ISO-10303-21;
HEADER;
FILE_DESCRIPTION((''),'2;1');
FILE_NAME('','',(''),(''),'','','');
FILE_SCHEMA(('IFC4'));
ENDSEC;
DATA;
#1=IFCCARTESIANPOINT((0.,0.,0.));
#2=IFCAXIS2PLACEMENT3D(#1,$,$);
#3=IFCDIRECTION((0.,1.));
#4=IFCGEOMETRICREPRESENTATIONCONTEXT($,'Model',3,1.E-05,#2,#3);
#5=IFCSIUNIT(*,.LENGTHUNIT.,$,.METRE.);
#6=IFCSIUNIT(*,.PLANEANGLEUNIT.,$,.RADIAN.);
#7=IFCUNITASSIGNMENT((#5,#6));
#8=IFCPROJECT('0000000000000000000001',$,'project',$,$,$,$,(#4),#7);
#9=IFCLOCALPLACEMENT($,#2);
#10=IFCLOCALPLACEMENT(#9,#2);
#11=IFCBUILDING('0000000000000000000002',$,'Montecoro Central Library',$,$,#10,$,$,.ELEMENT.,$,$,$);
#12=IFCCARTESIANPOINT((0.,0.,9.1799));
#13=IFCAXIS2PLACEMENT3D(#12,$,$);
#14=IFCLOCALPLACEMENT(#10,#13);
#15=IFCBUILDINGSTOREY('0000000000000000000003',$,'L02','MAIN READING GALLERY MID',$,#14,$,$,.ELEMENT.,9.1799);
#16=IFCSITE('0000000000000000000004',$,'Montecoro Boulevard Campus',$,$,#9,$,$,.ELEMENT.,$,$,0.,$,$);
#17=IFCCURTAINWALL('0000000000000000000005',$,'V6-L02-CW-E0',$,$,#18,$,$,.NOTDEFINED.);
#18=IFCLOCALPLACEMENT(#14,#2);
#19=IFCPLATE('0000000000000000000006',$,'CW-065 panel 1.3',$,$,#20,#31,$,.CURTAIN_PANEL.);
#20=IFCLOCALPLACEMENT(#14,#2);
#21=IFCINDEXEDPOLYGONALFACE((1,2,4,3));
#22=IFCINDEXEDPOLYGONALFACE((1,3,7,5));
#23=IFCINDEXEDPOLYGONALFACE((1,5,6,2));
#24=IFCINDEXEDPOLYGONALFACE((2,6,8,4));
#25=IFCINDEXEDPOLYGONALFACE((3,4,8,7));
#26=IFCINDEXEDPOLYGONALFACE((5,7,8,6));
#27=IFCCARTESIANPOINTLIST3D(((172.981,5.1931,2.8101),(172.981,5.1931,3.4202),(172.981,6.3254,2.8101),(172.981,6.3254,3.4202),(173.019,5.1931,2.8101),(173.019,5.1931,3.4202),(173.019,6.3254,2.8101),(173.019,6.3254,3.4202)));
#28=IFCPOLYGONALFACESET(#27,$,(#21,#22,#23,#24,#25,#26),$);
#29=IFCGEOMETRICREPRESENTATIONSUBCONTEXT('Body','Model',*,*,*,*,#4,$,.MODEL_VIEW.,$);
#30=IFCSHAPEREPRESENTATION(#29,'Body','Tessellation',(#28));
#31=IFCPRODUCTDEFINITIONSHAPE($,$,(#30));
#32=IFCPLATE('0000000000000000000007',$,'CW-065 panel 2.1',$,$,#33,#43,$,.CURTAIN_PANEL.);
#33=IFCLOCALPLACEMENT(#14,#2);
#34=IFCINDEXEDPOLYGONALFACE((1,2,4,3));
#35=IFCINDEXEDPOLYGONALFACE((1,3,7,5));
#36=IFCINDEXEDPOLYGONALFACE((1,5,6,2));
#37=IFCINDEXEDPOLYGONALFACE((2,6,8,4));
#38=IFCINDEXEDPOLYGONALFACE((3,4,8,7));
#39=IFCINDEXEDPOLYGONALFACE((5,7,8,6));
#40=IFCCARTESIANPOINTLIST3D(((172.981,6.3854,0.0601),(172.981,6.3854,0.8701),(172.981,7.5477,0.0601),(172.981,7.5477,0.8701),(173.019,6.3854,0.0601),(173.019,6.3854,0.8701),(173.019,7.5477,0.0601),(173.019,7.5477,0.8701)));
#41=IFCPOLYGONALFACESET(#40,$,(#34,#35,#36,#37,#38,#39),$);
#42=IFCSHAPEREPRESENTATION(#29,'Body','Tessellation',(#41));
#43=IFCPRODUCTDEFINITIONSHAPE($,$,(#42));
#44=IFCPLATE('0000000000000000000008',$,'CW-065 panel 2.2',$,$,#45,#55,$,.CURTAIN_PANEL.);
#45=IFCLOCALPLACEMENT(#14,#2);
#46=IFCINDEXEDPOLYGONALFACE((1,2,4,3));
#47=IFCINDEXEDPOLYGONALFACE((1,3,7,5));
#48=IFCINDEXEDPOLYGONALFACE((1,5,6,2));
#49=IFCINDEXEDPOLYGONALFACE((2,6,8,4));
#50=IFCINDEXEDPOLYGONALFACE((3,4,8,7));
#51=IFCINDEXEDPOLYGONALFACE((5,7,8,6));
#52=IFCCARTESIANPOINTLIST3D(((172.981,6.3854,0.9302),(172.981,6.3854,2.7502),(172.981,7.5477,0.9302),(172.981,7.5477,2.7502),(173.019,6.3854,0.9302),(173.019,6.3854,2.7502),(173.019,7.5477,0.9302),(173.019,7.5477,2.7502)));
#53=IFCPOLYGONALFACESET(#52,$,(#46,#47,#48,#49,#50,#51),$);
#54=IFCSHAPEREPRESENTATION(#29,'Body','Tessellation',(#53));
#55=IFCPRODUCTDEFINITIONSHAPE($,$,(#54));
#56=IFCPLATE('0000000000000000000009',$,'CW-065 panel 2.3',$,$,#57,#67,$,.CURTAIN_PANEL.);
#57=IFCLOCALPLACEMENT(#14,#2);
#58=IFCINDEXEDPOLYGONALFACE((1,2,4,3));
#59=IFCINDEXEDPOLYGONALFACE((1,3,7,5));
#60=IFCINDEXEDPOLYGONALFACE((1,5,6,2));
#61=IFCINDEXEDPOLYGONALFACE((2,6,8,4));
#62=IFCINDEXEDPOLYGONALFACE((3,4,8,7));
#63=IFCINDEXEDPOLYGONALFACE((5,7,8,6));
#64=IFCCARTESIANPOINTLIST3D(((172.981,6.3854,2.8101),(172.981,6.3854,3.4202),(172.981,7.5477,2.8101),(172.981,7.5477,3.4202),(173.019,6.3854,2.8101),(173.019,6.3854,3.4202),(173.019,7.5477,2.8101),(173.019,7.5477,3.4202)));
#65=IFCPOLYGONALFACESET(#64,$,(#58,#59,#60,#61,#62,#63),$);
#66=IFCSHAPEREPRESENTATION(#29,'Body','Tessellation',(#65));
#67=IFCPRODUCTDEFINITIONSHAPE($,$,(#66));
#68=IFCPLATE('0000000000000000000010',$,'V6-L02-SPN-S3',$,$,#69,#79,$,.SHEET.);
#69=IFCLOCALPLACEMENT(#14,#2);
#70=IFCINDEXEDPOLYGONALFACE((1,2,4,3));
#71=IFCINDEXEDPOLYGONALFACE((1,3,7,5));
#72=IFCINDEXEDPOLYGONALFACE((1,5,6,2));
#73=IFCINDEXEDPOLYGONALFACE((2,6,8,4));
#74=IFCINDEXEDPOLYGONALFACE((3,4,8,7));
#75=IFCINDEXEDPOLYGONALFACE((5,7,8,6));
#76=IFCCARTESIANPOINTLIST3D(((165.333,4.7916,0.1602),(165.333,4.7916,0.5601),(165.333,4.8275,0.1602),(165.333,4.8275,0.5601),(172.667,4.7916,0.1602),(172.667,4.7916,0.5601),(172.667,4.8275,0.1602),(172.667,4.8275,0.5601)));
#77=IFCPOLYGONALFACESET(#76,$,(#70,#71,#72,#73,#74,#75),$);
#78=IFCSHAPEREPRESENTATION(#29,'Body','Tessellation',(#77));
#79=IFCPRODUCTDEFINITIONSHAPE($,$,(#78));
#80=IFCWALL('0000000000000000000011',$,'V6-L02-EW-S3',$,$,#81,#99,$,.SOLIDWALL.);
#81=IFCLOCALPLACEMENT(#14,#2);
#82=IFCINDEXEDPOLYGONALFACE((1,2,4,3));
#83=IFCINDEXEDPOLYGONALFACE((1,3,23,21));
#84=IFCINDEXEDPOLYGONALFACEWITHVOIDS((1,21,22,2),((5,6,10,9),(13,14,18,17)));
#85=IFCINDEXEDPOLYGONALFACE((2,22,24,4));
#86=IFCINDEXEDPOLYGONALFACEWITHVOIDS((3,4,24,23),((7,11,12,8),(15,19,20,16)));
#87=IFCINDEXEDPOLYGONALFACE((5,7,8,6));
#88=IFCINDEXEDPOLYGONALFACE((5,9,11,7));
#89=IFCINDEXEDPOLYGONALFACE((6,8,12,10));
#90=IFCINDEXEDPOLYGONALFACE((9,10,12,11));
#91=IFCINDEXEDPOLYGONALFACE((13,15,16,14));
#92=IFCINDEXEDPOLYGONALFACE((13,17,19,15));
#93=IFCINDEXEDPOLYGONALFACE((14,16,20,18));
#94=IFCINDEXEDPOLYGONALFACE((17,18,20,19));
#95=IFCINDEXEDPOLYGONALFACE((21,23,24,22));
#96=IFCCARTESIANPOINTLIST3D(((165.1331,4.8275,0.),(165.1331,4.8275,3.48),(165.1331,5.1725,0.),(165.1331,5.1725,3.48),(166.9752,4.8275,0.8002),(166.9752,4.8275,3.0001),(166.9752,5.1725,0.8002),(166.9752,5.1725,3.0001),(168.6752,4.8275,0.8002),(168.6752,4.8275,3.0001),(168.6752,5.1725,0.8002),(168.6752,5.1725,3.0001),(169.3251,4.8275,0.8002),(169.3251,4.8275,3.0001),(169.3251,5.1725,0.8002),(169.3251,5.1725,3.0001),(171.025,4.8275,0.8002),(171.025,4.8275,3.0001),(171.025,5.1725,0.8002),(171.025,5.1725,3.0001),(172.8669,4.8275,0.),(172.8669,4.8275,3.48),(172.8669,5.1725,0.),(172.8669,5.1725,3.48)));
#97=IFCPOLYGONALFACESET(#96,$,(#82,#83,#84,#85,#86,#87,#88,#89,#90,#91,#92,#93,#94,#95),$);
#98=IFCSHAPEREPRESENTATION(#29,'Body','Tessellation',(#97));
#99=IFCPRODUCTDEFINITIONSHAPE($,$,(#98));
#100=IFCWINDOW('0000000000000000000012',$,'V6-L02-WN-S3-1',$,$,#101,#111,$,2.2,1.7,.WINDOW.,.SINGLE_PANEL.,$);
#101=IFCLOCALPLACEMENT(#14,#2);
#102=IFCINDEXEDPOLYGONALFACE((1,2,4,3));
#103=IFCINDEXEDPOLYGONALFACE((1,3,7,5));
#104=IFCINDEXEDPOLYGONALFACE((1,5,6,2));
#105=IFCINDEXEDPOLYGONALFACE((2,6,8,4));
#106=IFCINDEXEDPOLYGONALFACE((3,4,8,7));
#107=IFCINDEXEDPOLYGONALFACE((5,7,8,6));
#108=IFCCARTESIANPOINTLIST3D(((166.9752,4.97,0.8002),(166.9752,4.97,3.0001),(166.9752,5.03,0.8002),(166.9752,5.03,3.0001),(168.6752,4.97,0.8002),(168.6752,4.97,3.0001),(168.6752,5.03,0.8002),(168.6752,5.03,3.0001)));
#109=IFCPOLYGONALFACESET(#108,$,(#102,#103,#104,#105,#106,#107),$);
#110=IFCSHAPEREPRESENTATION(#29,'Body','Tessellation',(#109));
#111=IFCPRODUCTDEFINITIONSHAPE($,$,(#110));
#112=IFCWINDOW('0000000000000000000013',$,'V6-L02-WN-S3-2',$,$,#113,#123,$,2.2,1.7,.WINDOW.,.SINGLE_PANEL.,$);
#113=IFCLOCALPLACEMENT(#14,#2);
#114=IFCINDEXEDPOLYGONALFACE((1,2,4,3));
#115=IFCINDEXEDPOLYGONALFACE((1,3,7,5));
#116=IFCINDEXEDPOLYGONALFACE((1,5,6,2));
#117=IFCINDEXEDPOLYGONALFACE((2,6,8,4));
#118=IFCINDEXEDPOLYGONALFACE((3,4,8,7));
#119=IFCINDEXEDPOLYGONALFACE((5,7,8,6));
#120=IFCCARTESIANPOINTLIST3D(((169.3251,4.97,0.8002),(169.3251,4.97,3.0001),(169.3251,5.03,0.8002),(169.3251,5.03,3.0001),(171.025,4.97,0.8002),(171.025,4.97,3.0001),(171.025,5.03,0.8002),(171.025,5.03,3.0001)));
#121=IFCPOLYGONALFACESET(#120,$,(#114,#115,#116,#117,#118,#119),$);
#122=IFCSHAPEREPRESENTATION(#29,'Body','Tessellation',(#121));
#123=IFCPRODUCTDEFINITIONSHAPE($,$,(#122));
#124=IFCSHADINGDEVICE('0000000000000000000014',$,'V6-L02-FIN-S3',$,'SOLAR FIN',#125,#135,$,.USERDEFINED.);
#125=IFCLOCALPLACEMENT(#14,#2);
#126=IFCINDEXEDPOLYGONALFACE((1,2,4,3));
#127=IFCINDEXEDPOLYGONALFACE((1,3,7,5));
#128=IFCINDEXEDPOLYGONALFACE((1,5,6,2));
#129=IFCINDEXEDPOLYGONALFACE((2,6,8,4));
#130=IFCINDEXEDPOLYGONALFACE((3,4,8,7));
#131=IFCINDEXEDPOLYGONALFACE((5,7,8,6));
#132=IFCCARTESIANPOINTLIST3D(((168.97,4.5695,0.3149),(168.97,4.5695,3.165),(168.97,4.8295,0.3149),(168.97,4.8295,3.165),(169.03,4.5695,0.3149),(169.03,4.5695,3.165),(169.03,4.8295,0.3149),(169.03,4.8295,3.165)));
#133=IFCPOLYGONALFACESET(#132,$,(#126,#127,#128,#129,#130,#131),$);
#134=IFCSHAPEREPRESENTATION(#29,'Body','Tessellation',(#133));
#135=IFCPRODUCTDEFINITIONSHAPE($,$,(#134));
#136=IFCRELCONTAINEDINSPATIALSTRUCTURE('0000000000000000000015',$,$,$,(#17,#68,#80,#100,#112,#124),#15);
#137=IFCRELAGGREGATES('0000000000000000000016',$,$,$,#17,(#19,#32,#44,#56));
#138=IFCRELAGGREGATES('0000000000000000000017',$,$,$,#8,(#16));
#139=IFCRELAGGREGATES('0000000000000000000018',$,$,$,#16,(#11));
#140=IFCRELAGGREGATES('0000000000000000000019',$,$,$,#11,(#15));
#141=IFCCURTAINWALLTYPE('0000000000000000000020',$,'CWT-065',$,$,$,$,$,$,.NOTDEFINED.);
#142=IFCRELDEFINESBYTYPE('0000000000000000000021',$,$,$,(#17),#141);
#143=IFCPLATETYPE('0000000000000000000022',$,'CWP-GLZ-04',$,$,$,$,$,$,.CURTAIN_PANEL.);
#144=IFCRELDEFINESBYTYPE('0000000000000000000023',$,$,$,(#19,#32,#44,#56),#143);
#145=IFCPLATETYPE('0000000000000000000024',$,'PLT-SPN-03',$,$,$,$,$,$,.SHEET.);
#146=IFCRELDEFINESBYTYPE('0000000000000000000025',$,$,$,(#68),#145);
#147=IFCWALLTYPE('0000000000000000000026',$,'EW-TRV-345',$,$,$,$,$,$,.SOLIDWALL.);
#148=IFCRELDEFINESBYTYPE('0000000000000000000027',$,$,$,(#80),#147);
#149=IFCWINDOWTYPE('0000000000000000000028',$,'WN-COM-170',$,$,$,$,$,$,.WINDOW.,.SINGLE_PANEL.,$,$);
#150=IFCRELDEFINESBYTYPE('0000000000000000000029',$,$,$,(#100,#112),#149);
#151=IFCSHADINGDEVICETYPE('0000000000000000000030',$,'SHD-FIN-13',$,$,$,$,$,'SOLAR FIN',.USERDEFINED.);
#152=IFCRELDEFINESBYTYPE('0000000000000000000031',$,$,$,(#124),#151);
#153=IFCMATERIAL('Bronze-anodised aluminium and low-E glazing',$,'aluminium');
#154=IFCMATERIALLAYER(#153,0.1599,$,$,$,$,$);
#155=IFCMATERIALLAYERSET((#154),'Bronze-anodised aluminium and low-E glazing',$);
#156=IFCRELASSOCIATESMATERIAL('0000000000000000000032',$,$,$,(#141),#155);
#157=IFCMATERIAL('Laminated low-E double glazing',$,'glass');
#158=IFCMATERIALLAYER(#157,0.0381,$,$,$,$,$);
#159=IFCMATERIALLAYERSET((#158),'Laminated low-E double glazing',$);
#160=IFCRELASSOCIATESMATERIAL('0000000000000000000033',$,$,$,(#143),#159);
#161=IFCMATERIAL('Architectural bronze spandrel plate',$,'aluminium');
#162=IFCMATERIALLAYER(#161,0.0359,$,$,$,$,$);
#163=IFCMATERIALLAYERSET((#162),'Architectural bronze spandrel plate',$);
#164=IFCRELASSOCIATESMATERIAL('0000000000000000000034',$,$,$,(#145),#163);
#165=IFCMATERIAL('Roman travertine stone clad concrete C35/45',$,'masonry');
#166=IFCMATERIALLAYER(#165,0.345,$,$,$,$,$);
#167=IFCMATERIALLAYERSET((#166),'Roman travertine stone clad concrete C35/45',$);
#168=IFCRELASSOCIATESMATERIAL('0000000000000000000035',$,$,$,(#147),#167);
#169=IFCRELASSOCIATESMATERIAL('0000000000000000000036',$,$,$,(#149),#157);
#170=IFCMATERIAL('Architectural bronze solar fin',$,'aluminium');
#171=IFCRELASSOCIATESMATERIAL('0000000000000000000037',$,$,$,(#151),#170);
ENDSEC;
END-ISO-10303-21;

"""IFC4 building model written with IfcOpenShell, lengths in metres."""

from ifc_helpers import new_model, si_unit, direction, frame, frame_2d, origin, origin_2d, place, context, subcontext, project, spatial, rectangle, extrude, material, layer, layer_set, type_object, element, fill, aggregate, save


model = new_model("IFC4")

# Units and contexts
model_context = context("Model", 3, precision=1e-05, world=origin(), true_north=direction((0.0, 1.0)))
body_context = subcontext(model_context, "Body", "Model", "MODEL_VIEW")
ifc_project = project(units=[si_unit("LENGTHUNIT", "METRE"), si_unit("PLANEANGLEUNIT", "RADIAN")], contexts=[model_context])

# Site, building, storey
site_placement = place(None, origin())
site = spatial("IfcSite", under=ifc_project, at=site_placement, Name="Montecoro Boulevard Campus", CompositionType="ELEMENT", RefElevation=0.0)
building_placement = place(site_placement, origin())
building = spatial("IfcBuilding", under=site, at=building_placement, Name="Montecoro Central Library", CompositionType="ELEMENT")
storey_placement = place(building_placement, frame((0.0, 0.0, 9.1799)))
storey = spatial("IfcBuildingStorey", under=building, at=storey_placement, Name="L02", Description="MAIN READING GALLERY MID", CompositionType="ELEMENT", Elevation=9.1799)

# Curtain wall, plates
ifc_material_1 = material(Name="Bronze-anodised aluminium and low-E glazing", Category="aluminium")
ifc_layer_1 = layer(ifc_material_1, 0.1599)
ifc_layer_set_1 = layer_set([ifc_layer_1], Name="Bronze-anodised aluminium and low-E glazing")
curtain_wall_type = type_object("IfcCurtainWallType", Name="CWT-065", PredefinedType="NOTDEFINED", material=ifc_layer_set_1)
curtain_wall_placement = place(storey_placement, origin())
curtain_wall = element("IfcCurtainWall", 1, at=curtain_wall_placement, inside=storey, type_object=curtain_wall_type, Name="V6-L02-CW-E0", PredefinedType="NOTDEFINED")
ifc_material_2 = material(Name="Laminated low-E double glazing", Category="glass")
ifc_layer_2 = layer(ifc_material_2, 0.0381)
ifc_layer_set_2 = layer_set([ifc_layer_2], Name="Laminated low-E double glazing")
plate_type_1 = type_object("IfcPlateType", Name="CWP-GLZ-04", PredefinedType="CURTAIN_PANEL", material=ifc_layer_set_2)
plate_1_placement = place(storey_placement, frame((173.0, 5.7593, 2.8101), z_axis=(0.0, 0.0, 1.0), x_axis=(0.0, 1.0, 0.0)))
plate_1 = element("IfcPlate", 2, at=plate_1_placement, type_object=plate_type_1, Name="CW-065 panel 1.3", PredefinedType="CURTAIN_PANEL", context=body_context, shape_type="SweptSolid", body=[
    extrude(rectangle(XDim=1.1323, YDim=0.0381, at=origin_2d()), origin(), (0.0, 0.0, 1.0), 0.6101),
])
plate_2_placement = place(storey_placement, frame((173.0, 6.9666, 0.0601), z_axis=(0.0, 0.0, 1.0), x_axis=(0.0, 1.0, 0.0)))
plate_2 = element("IfcPlate", 3, at=plate_2_placement, type_object=plate_type_1, Name="CW-065 panel 2.1", PredefinedType="CURTAIN_PANEL", context=body_context, shape_type="SweptSolid", body=[
    extrude(rectangle(XDim=1.1624, YDim=0.0381, at=origin_2d()), origin(), (0.0, 0.0, 1.0), 0.8101),
])
plate_3_placement = place(storey_placement, frame((173.0, 6.9666, 0.9302), z_axis=(0.0, 0.0, 1.0), x_axis=(0.0, 1.0, 0.0)))
plate_3 = element("IfcPlate", 4, at=plate_3_placement, type_object=plate_type_1, Name="CW-065 panel 2.2", PredefinedType="CURTAIN_PANEL", context=body_context, shape_type="SweptSolid", body=[
    extrude(rectangle(XDim=1.1624, YDim=0.0381, at=origin_2d()), origin(), (0.0, 0.0, 1.0), 1.8201),
])
plate_4_placement = place(storey_placement, frame((173.0, 6.9666, 2.8101), z_axis=(0.0, 0.0, 1.0), x_axis=(0.0, 1.0, 0.0)))
plate_4 = element("IfcPlate", 5, at=plate_4_placement, type_object=plate_type_1, Name="CW-065 panel 2.3", PredefinedType="CURTAIN_PANEL", context=body_context, shape_type="SweptSolid", body=[
    extrude(rectangle(XDim=1.1624, YDim=0.0381, at=origin_2d()), origin(), (0.0, 0.0, 1.0), 0.6101),
])
aggregate(curtain_wall, [plate_1, plate_2, plate_3, plate_4])

# Plate
ifc_material_3 = material(Name="Architectural bronze spandrel plate", Category="aluminium")
ifc_layer_3 = layer(ifc_material_3, 0.0359)
ifc_layer_set_3 = layer_set([ifc_layer_3], Name="Architectural bronze spandrel plate")
plate_type_2 = type_object("IfcPlateType", Name="PLT-SPN-03", PredefinedType="SHEET", material=ifc_layer_set_3)
plate_5_placement = place(storey_placement, frame((169.0, 4.8096, 0.1602), z_axis=(0.0, 0.0, 1.0), x_axis=(1.0, 0.0, 0.0)))
element("IfcPlate", 6, at=plate_5_placement, inside=storey, type_object=plate_type_2, Name="V6-L02-SPN-S3", PredefinedType="SHEET", context=body_context, shape_type="SweptSolid", body=[
    extrude(rectangle(XDim=7.334, YDim=0.0359, at=origin_2d()), origin(), (0.0, 0.0, 1.0), 0.3999),
])

# Wall, openings, windows
ifc_material_4 = material(Name="Roman travertine stone clad concrete C35/45", Category="masonry")
ifc_layer_4 = layer(ifc_material_4, 0.345)
ifc_layer_set_4 = layer_set([ifc_layer_4], Name="Roman travertine stone clad concrete C35/45")
wall_type = type_object("IfcWallType", Name="EW-TRV-345", PredefinedType="SOLIDWALL", material=ifc_layer_set_4)
wall_placement = place(storey_placement, frame((165.1331, 5.0, 0.0), z_axis=(0.0, 0.0, 1.0), x_axis=(1.0, 0.0, 0.0)))
wall = element("IfcWall", 7, at=wall_placement, inside=storey, type_object=wall_type, Name="V6-L02-EW-S3", PredefinedType="SOLIDWALL", context=body_context, shape_type="SweptSolid", body=[
    extrude(rectangle(XDim=7.7339, YDim=0.345, at=frame_2d((3.8669, 0.0))), origin(), (0.0, 0.0, 1.0), 3.48),
])
opening_1_placement = place(wall_placement, frame((1.842, 0.0, 0.8)))
opening_1 = element("IfcOpeningElement", 8, at=opening_1_placement, cuts=wall, PredefinedType="OPENING", context=body_context, shape_type="SweptSolid", body=[
    extrude(rectangle(XDim=1.7, YDim=2.2, at=frame_2d((0.8501, 1.1001))), frame((0.0, 0.1824, 0.0), z_axis=(0.0, -1.0, 0.0), x_axis=(1.0, 0.0, 0.0)), (0.0, 0.0, 1.0), 0.365),
])
opening_2_placement = place(wall_placement, frame((4.1919, 0.0, 0.8)))
opening_2 = element("IfcOpeningElement", 9, at=opening_2_placement, cuts=wall, PredefinedType="OPENING", context=body_context, shape_type="SweptSolid", body=[
    extrude(rectangle(XDim=1.7, YDim=2.2, at=frame_2d((0.8501, 1.1001))), frame((0.0, 0.1824, 0.0), z_axis=(0.0, -1.0, 0.0), x_axis=(1.0, 0.0, 0.0)), (0.0, 0.0, 1.0), 0.365),
])
window_type = type_object("IfcWindowType", Name="WN-COM-170", PartitioningType="SINGLE_PANEL", PredefinedType="WINDOW", material=ifc_material_2)
window_1_placement = place(opening_1_placement, origin())
window_1 = element("IfcWindow", 10, at=window_1_placement, inside=storey, type_object=window_type, Name="V6-L02-WN-S3-1", OverallHeight=2.2, OverallWidth=1.7, PartitioningType="SINGLE_PANEL", PredefinedType="WINDOW", context=body_context, shape_type="SweptSolid", body=[
    extrude(rectangle(XDim=1.7, YDim=2.2, at=frame_2d((0.8501, 1.1001))), frame((0.0, 0.03, 0.0), z_axis=(0.0, -1.0, 0.0), x_axis=(1.0, 0.0, 0.0)), (0.0, 0.0, 1.0), 0.0601),
])
fill(opening_1, window_1)
window_2_placement = place(opening_2_placement, origin())
window_2 = element("IfcWindow", 11, at=window_2_placement, inside=storey, type_object=window_type, Name="V6-L02-WN-S3-2", OverallHeight=2.2, OverallWidth=1.7, PartitioningType="SINGLE_PANEL", PredefinedType="WINDOW", context=body_context, shape_type="SweptSolid", body=[
    extrude(rectangle(XDim=1.7, YDim=2.2, at=frame_2d((0.8501, 1.1001))), frame((0.0, 0.03, 0.0), z_axis=(0.0, -1.0, 0.0), x_axis=(1.0, 0.0, 0.0)), (0.0, 0.0, 1.0), 0.0601),
])
fill(opening_2, window_2)

# Shading device
ifc_material_5 = material(Name="Architectural bronze solar fin", Category="aluminium")
shading_device_type = type_object("IfcShadingDeviceType", Name="SHD-FIN-13", ElementType="SOLAR FIN", PredefinedType="USERDEFINED", material=ifc_material_5)
shading_device_placement = place(storey_placement, frame((169.0, 4.6995, 0.3149), z_axis=(0.0, 0.0, 1.0), x_axis=(1.0, 0.0, 0.0)))
element("IfcShadingDevice", 12, at=shading_device_placement, inside=storey, type_object=shading_device_type, Name="V6-L02-FIN-S3", ObjectType="SOLAR FIN", PredefinedType="USERDEFINED", context=body_context, shape_type="SweptSolid", body=[
    extrude(rectangle(XDim=0.0601, YDim=0.26, at=origin_2d()), origin(), (0.0, 0.0, 1.0), 2.8501),
])

save(model, "model.ifc")
